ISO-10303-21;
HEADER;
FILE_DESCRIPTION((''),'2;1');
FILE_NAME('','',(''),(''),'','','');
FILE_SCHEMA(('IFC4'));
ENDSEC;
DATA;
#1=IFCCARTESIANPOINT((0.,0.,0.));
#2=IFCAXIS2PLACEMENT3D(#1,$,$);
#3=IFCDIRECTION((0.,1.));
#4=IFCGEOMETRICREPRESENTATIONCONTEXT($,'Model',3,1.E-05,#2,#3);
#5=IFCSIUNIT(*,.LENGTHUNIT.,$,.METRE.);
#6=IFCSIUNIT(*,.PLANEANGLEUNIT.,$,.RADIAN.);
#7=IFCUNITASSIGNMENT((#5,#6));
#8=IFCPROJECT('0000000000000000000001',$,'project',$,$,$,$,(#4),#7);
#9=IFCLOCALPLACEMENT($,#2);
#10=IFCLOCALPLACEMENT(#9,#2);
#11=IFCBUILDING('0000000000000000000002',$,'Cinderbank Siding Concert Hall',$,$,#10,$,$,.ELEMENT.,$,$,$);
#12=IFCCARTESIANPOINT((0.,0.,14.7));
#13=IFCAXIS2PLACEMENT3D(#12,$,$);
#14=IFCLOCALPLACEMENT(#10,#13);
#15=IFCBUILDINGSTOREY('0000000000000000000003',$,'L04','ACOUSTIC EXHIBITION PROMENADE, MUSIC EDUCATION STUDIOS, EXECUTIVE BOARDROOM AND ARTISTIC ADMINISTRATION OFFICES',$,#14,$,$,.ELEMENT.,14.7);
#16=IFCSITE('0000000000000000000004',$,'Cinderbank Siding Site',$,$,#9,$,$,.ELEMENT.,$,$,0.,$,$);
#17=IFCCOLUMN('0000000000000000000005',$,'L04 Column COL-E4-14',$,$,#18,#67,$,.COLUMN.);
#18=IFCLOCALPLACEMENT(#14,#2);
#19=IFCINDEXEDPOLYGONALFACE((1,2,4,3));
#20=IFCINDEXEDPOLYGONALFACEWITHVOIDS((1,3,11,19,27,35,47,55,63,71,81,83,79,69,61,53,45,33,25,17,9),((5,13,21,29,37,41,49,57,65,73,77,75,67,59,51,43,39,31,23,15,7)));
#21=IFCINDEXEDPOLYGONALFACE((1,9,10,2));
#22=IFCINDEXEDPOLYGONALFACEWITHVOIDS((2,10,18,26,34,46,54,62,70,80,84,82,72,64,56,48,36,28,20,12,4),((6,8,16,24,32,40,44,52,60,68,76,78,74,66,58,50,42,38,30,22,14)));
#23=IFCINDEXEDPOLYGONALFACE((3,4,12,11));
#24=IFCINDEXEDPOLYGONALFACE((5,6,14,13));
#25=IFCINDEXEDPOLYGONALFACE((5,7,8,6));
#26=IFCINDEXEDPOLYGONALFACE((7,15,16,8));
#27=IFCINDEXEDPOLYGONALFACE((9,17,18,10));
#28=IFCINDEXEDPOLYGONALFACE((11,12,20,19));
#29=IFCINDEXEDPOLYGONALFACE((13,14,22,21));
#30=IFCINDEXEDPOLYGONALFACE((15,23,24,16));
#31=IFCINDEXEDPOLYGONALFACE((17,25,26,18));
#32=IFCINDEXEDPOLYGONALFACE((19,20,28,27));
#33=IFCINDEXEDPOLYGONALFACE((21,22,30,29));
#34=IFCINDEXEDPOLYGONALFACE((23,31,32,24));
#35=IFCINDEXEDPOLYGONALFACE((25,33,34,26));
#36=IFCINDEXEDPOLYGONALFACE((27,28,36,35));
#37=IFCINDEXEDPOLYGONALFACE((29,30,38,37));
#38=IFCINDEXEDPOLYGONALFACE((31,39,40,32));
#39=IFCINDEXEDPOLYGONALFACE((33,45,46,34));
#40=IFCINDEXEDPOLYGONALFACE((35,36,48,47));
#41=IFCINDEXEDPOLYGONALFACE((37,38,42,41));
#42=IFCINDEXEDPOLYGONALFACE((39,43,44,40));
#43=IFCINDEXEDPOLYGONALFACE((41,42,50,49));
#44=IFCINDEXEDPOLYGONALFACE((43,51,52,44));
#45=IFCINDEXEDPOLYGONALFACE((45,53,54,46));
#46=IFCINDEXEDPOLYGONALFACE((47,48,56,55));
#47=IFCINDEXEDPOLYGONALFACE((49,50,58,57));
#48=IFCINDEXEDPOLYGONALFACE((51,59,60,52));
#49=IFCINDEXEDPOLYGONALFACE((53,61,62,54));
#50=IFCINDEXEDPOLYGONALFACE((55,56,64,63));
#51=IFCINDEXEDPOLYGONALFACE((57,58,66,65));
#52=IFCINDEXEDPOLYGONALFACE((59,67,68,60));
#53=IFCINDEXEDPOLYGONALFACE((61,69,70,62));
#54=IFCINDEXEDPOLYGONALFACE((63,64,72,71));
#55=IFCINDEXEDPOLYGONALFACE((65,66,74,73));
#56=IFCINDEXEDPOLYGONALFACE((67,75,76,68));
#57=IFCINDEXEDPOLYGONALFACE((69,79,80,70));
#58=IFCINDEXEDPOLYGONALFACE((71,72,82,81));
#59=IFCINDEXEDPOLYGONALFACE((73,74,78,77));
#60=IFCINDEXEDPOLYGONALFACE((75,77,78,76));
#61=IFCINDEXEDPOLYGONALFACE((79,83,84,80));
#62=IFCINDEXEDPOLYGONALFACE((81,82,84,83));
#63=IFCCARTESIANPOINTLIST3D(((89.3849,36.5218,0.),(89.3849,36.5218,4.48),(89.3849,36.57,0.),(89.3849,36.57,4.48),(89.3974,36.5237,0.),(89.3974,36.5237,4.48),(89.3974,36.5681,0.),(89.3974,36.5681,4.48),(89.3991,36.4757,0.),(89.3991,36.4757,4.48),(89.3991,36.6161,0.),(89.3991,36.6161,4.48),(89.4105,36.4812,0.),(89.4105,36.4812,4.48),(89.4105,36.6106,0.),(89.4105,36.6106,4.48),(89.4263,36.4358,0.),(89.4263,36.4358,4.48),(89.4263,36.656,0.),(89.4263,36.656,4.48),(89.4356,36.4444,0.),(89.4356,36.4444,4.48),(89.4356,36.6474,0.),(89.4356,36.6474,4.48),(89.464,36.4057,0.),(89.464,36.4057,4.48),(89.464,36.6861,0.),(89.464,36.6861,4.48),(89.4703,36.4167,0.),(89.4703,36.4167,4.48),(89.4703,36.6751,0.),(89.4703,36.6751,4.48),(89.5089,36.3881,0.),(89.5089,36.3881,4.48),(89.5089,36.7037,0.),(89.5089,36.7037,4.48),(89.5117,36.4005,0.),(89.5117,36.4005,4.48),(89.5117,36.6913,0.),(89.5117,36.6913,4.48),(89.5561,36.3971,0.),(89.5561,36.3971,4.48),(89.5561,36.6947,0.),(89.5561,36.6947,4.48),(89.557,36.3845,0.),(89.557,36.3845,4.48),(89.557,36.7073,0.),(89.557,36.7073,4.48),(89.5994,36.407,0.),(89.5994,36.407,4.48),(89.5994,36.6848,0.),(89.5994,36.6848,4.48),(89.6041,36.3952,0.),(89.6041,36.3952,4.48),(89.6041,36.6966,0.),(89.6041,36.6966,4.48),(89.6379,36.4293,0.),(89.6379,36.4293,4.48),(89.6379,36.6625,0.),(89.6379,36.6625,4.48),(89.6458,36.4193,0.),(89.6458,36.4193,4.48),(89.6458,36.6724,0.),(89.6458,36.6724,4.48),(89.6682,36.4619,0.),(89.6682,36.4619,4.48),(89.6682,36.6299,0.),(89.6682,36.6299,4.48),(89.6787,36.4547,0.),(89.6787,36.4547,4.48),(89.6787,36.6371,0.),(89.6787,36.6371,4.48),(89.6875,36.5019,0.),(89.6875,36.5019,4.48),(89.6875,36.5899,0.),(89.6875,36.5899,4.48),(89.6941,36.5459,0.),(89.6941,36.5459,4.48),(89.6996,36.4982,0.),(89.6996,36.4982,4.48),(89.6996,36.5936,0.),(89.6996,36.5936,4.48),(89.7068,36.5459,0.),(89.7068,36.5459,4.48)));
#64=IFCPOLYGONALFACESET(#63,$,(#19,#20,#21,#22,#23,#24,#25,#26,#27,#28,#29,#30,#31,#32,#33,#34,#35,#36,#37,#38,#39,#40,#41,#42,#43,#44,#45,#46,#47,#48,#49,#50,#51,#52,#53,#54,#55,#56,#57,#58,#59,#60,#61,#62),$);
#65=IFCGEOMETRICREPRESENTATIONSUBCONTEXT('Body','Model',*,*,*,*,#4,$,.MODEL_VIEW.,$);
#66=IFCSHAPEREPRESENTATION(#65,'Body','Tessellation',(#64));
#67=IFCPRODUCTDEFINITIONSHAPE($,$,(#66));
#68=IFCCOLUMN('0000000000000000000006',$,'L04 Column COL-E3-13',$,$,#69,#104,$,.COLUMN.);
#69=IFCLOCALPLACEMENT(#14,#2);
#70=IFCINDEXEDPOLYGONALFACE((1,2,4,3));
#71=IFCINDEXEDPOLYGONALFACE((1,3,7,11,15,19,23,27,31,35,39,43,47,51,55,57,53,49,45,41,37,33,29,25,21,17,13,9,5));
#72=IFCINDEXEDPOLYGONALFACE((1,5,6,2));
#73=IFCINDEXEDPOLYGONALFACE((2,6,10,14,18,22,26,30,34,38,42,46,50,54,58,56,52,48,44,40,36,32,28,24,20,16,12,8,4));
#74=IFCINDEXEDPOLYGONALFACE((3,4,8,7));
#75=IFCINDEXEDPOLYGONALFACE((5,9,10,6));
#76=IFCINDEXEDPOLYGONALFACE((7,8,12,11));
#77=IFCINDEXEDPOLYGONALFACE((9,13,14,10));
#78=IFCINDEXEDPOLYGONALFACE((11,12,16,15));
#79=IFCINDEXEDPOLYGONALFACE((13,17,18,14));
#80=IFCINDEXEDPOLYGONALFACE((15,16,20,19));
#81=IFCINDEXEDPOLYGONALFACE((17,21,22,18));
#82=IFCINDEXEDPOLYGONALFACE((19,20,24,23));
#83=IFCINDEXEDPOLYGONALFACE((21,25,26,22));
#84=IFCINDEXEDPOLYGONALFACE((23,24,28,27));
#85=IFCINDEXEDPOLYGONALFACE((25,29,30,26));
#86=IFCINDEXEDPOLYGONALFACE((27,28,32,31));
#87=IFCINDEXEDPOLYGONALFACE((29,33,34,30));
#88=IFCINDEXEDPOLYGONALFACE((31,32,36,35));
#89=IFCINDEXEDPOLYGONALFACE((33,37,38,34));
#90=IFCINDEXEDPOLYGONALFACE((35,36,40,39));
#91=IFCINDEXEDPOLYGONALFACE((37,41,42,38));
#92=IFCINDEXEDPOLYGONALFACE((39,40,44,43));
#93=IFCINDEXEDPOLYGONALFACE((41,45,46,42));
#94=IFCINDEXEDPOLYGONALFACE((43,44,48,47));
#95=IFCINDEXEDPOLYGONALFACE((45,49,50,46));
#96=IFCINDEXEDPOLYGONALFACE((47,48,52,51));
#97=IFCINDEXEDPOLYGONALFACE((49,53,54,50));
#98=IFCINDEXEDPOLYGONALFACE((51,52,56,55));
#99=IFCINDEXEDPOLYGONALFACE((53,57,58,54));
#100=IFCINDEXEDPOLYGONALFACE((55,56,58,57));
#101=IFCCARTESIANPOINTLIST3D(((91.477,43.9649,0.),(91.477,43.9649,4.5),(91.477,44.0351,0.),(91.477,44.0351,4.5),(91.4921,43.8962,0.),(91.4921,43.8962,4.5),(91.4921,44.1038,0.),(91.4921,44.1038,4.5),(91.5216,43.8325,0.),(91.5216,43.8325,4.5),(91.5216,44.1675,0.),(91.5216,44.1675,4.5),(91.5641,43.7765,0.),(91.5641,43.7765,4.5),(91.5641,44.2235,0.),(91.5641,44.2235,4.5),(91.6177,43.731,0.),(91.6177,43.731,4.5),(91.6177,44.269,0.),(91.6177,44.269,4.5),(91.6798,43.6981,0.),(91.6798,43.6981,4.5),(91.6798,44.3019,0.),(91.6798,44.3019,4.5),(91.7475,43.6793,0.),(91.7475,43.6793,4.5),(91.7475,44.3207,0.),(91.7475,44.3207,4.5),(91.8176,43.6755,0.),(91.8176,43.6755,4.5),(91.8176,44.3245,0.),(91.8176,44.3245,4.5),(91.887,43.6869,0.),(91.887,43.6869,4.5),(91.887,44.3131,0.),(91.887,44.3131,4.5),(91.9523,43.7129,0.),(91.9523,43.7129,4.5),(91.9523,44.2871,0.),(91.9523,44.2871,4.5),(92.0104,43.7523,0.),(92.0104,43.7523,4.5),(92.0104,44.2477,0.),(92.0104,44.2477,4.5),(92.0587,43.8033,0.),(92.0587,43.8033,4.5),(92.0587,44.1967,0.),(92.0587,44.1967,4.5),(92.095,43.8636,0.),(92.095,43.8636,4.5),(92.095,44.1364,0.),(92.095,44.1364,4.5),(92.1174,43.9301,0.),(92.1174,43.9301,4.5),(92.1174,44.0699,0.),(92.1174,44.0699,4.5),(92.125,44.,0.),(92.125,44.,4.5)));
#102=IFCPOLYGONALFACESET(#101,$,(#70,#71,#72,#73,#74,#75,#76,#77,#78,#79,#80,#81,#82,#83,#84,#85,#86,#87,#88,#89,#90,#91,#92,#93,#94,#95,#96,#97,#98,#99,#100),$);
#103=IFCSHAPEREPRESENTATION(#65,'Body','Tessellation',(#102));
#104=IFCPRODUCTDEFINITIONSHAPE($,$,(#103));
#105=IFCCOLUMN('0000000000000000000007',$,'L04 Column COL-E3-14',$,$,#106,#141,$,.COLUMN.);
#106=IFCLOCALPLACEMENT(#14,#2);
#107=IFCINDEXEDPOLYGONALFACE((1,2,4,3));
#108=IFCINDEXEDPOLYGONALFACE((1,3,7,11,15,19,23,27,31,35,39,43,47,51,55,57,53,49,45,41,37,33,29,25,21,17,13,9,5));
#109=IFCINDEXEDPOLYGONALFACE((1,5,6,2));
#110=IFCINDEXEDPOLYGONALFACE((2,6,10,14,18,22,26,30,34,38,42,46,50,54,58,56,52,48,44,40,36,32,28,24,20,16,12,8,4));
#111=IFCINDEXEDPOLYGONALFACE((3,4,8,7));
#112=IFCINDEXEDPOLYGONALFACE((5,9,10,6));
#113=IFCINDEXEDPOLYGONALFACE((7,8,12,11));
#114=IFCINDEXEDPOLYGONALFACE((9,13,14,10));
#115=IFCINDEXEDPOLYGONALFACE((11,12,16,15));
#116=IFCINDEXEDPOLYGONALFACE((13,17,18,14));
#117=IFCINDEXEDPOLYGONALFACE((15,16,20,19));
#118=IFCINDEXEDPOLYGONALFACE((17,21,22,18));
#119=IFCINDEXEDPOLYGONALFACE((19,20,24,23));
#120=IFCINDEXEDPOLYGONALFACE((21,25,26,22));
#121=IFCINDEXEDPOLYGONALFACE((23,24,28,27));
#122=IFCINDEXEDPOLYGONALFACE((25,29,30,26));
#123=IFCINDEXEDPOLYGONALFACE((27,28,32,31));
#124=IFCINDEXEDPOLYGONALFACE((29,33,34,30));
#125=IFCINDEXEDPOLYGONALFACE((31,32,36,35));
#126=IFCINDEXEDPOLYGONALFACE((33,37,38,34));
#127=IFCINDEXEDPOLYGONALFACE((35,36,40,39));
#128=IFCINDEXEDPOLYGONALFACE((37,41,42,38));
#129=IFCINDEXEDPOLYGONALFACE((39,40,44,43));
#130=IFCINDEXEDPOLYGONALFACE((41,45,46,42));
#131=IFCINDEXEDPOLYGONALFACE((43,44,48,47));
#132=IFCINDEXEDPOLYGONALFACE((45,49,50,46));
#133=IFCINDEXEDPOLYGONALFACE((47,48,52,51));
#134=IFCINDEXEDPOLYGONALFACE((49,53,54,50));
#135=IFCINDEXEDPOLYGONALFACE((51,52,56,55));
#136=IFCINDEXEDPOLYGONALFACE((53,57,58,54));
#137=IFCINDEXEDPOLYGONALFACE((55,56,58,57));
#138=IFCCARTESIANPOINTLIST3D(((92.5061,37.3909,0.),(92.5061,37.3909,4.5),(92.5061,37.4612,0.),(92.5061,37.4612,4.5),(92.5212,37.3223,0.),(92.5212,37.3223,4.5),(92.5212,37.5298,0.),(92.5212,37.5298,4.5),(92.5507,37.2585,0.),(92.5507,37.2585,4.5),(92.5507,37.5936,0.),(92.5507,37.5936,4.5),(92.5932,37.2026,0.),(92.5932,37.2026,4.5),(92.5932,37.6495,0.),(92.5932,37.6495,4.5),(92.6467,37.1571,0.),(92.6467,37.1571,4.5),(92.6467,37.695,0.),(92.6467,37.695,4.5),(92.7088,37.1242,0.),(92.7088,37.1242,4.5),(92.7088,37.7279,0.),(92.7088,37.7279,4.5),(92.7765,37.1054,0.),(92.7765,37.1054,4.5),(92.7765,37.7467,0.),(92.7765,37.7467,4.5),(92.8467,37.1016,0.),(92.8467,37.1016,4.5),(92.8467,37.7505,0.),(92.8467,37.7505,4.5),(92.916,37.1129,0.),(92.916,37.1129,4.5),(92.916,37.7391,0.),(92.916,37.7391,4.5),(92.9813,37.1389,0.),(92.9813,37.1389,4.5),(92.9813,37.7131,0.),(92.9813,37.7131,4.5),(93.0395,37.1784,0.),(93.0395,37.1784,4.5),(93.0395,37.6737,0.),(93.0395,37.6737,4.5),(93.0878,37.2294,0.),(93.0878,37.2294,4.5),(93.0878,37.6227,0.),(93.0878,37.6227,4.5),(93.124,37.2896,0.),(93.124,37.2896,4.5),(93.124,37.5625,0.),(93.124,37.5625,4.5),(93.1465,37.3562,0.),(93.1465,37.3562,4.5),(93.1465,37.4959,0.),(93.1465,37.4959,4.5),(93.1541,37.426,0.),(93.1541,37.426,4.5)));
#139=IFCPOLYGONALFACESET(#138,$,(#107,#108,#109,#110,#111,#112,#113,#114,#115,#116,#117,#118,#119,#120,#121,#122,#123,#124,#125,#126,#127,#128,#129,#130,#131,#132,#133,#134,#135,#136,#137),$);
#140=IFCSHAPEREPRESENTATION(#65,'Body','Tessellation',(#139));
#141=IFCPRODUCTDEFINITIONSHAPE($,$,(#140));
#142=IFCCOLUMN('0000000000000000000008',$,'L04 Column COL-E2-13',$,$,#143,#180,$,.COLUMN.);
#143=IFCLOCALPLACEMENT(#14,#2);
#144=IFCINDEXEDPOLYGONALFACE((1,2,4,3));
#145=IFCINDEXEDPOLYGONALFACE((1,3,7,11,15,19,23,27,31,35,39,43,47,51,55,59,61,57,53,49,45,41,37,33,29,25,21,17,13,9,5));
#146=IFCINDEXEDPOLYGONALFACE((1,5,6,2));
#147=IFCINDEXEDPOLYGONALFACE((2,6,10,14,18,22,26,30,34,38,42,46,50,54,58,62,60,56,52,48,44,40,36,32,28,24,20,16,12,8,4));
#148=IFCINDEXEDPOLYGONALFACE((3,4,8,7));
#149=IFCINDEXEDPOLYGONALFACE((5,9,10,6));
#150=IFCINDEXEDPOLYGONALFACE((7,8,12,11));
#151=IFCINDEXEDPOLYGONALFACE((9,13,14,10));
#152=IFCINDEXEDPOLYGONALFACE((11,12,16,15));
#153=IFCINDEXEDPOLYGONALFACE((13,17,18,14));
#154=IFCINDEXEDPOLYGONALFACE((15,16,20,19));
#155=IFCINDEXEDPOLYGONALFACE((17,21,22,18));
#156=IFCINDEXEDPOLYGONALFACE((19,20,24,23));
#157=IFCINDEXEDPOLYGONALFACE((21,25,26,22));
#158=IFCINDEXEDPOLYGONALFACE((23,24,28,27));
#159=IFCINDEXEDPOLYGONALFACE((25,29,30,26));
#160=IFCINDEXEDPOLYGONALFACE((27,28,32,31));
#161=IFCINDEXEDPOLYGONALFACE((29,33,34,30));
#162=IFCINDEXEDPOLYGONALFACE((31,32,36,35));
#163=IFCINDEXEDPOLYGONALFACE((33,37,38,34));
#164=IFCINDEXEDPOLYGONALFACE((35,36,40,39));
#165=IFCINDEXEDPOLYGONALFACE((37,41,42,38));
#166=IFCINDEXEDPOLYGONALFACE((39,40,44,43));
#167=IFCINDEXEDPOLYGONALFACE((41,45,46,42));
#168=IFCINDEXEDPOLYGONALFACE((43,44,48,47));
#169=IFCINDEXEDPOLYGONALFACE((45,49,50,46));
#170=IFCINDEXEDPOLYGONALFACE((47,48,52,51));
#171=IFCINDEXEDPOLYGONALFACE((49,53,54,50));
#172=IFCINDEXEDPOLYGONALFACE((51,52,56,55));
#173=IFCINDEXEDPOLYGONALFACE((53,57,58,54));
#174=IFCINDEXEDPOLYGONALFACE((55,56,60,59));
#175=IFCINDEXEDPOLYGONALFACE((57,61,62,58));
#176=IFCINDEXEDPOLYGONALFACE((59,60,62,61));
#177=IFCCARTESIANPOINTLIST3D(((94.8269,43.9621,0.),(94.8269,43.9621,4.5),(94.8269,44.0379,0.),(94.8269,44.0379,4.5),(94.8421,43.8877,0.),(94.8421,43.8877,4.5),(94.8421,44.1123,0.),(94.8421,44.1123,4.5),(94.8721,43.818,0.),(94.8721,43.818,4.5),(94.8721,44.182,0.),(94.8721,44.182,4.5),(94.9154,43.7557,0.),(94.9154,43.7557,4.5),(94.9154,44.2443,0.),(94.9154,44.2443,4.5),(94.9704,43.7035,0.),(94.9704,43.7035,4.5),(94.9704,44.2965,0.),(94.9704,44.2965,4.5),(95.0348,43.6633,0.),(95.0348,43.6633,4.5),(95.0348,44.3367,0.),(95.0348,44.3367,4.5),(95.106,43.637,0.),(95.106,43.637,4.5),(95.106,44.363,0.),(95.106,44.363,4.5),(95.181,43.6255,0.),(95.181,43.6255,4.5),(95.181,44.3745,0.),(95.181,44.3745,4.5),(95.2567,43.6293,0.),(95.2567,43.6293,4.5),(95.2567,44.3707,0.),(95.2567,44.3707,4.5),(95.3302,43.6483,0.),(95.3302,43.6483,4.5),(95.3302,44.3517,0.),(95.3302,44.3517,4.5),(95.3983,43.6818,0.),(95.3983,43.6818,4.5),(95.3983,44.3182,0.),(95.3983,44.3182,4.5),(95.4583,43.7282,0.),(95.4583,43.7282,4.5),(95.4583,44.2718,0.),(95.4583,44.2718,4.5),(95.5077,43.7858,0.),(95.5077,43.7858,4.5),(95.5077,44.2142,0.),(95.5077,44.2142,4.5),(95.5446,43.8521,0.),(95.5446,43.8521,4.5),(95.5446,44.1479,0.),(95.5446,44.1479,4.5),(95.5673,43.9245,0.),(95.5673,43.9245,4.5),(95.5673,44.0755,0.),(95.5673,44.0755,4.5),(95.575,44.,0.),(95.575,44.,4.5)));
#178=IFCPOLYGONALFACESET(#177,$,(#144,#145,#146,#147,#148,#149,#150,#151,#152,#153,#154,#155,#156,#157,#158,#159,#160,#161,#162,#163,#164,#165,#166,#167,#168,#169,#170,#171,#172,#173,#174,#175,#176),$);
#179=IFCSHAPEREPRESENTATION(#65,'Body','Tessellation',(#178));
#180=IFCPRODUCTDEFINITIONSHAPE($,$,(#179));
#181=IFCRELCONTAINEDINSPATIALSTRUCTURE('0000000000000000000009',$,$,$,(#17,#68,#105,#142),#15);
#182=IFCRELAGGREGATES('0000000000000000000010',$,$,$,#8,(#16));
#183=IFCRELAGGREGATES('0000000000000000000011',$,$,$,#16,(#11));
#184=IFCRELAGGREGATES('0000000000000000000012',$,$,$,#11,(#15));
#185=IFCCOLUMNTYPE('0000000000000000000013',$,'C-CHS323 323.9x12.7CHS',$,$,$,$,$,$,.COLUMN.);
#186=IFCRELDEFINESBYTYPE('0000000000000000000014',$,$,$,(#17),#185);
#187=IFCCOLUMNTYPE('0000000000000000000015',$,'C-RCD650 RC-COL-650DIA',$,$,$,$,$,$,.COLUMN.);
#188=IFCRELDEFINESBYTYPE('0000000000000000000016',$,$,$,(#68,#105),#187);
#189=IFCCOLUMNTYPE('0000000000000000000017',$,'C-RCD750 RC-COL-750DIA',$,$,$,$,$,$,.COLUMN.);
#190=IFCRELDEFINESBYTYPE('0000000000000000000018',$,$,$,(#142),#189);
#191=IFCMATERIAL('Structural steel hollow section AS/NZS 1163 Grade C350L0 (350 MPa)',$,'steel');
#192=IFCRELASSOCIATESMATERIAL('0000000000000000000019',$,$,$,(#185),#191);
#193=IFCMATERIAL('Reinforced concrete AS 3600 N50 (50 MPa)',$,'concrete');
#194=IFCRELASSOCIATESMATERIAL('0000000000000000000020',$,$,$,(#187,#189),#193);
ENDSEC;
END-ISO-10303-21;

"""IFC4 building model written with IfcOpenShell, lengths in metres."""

from ifc_helpers import new_model, si_unit, direction, frame, origin, origin_2d, place, context, subcontext, project, spatial, circle, hollow_circle, extrude, material, material_profile, profile_set, type_object, element, save


model = new_model("IFC4")

# Units and contexts
model_context = context("Model", 3, precision=1e-05, world=origin(), true_north=direction((0.0, 1.0)))
body_context = subcontext(model_context, "Body", "Model", "MODEL_VIEW")
ifc_project = project(units=[si_unit("LENGTHUNIT", "METRE"), si_unit("PLANEANGLEUNIT", "RADIAN")], contexts=[model_context])

# Site, building, storey
site_placement = place(None, origin())
site = spatial("IfcSite", under=ifc_project, at=site_placement, Name="Cinderbank Siding Site", CompositionType="ELEMENT", RefElevation=0.0)
building_placement = place(site_placement, origin())
building = spatial("IfcBuilding", under=site, at=building_placement, Name="Cinderbank Siding Concert Hall", CompositionType="ELEMENT")
storey_placement = place(building_placement, frame((0.0, 0.0, 14.7)))
storey = spatial("IfcBuildingStorey", under=building, at=storey_placement, Name="L04", Description="ACOUSTIC EXHIBITION PROMENADE, MUSIC EDUCATION STUDIOS, EXECUTIVE BOARDROOM AND ARTISTIC ADMINISTRATION OFFICES", CompositionType="ELEMENT", Elevation=14.7)

# Columns
ifc_material_1 = material(Name="Structural steel hollow section AS/NZS 1163 Grade C350L0 (350 MPa)", Category="steel")
ifc_material_profile_1 = material_profile(ifc_material_1, hollow_circle(Radius=0.1619, WallThickness=0.0127, at=origin_2d()), Name="323.9x12.7CHS", Category="LoadBearing")
ifc_profile_set_1 = profile_set([ifc_material_profile_1], Name="Structural steel hollow section AS/NZS 1163 Grade C350L0 (350 MPa)")
column_type_1 = type_object("IfcColumnType", Name="C-CHS323 323.9x12.7CHS", PredefinedType="COLUMN", material=ifc_profile_set_1)
column_1_placement = place(storey_placement, frame((89.5449, 36.5459, 0.0), z_axis=(0.0, 0.0, 1.0), x_axis=(1.0, 0.0, 0.0)))
element("IfcColumn", 1, at=column_1_placement, inside=storey, type_object=column_type_1, Name="L04 Column COL-E4-14", PredefinedType="COLUMN", context=body_context, shape_type="SweptSolid", body=[
    extrude(hollow_circle(Radius=0.1619, WallThickness=0.0127, at=origin_2d()), origin(), (0.0, 0.0, 1.0), 4.48),
])
ifc_material_2 = material(Name="Reinforced concrete AS 3600 N50 (50 MPa)", Category="concrete")
ifc_material_profile_2 = material_profile(ifc_material_2, circle(Radius=0.325, at=origin_2d()), Name="RC-COL-650DIA", Category="LoadBearing")
ifc_profile_set_2 = profile_set([ifc_material_profile_2], Name="Reinforced concrete AS 3600 N50 (50 MPa)")
column_type_2 = type_object("IfcColumnType", Name="C-RCD650 RC-COL-650DIA", PredefinedType="COLUMN", material=ifc_profile_set_2)
for number, where, z_axis, x_axis, name in (
    (2, (91.8, 44.0, 0.0), (0.0, 0.0, 1.0), (1.0, 0.0, 0.0), "L04 Column COL-E3-13"),
    (3, (92.8291, 37.426, 0.0), (0.0, 0.0, 1.0), (1.0, 0.0, 0.0), "L04 Column COL-E3-14"),
):
    element("IfcColumn", number, at=place(storey_placement, frame(where, z_axis=z_axis, x_axis=x_axis)), inside=storey, type_object=column_type_2, Name=name, PredefinedType="COLUMN", context=body_context, shape_type="SweptSolid", body=[
        extrude(circle(Radius=0.325, at=origin_2d()), origin(), (0.0, 0.0, 1.0), 4.5),
    ])
ifc_material_profile_3 = material_profile(ifc_material_2, circle(Radius=0.375, at=origin_2d()), Name="RC-COL-750DIA", Category="LoadBearing")
ifc_profile_set_3 = profile_set([ifc_material_profile_3], Name="Reinforced concrete AS 3600 N50 (50 MPa)")
column_type_3 = type_object("IfcColumnType", Name="C-RCD750 RC-COL-750DIA", PredefinedType="COLUMN", material=ifc_profile_set_3)
column_2_placement = place(storey_placement, frame((95.2, 44.0, 0.0), z_axis=(0.0, 0.0, 1.0), x_axis=(1.0, 0.0, 0.0)))
element("IfcColumn", 4, at=column_2_placement, inside=storey, type_object=column_type_3, Name="L04 Column COL-E2-13", PredefinedType="COLUMN", context=body_context, shape_type="SweptSolid", body=[
    extrude(circle(Radius=0.375, at=origin_2d()), origin(), (0.0, 0.0, 1.0), 4.5),
])

save(model, "model.ifc")
